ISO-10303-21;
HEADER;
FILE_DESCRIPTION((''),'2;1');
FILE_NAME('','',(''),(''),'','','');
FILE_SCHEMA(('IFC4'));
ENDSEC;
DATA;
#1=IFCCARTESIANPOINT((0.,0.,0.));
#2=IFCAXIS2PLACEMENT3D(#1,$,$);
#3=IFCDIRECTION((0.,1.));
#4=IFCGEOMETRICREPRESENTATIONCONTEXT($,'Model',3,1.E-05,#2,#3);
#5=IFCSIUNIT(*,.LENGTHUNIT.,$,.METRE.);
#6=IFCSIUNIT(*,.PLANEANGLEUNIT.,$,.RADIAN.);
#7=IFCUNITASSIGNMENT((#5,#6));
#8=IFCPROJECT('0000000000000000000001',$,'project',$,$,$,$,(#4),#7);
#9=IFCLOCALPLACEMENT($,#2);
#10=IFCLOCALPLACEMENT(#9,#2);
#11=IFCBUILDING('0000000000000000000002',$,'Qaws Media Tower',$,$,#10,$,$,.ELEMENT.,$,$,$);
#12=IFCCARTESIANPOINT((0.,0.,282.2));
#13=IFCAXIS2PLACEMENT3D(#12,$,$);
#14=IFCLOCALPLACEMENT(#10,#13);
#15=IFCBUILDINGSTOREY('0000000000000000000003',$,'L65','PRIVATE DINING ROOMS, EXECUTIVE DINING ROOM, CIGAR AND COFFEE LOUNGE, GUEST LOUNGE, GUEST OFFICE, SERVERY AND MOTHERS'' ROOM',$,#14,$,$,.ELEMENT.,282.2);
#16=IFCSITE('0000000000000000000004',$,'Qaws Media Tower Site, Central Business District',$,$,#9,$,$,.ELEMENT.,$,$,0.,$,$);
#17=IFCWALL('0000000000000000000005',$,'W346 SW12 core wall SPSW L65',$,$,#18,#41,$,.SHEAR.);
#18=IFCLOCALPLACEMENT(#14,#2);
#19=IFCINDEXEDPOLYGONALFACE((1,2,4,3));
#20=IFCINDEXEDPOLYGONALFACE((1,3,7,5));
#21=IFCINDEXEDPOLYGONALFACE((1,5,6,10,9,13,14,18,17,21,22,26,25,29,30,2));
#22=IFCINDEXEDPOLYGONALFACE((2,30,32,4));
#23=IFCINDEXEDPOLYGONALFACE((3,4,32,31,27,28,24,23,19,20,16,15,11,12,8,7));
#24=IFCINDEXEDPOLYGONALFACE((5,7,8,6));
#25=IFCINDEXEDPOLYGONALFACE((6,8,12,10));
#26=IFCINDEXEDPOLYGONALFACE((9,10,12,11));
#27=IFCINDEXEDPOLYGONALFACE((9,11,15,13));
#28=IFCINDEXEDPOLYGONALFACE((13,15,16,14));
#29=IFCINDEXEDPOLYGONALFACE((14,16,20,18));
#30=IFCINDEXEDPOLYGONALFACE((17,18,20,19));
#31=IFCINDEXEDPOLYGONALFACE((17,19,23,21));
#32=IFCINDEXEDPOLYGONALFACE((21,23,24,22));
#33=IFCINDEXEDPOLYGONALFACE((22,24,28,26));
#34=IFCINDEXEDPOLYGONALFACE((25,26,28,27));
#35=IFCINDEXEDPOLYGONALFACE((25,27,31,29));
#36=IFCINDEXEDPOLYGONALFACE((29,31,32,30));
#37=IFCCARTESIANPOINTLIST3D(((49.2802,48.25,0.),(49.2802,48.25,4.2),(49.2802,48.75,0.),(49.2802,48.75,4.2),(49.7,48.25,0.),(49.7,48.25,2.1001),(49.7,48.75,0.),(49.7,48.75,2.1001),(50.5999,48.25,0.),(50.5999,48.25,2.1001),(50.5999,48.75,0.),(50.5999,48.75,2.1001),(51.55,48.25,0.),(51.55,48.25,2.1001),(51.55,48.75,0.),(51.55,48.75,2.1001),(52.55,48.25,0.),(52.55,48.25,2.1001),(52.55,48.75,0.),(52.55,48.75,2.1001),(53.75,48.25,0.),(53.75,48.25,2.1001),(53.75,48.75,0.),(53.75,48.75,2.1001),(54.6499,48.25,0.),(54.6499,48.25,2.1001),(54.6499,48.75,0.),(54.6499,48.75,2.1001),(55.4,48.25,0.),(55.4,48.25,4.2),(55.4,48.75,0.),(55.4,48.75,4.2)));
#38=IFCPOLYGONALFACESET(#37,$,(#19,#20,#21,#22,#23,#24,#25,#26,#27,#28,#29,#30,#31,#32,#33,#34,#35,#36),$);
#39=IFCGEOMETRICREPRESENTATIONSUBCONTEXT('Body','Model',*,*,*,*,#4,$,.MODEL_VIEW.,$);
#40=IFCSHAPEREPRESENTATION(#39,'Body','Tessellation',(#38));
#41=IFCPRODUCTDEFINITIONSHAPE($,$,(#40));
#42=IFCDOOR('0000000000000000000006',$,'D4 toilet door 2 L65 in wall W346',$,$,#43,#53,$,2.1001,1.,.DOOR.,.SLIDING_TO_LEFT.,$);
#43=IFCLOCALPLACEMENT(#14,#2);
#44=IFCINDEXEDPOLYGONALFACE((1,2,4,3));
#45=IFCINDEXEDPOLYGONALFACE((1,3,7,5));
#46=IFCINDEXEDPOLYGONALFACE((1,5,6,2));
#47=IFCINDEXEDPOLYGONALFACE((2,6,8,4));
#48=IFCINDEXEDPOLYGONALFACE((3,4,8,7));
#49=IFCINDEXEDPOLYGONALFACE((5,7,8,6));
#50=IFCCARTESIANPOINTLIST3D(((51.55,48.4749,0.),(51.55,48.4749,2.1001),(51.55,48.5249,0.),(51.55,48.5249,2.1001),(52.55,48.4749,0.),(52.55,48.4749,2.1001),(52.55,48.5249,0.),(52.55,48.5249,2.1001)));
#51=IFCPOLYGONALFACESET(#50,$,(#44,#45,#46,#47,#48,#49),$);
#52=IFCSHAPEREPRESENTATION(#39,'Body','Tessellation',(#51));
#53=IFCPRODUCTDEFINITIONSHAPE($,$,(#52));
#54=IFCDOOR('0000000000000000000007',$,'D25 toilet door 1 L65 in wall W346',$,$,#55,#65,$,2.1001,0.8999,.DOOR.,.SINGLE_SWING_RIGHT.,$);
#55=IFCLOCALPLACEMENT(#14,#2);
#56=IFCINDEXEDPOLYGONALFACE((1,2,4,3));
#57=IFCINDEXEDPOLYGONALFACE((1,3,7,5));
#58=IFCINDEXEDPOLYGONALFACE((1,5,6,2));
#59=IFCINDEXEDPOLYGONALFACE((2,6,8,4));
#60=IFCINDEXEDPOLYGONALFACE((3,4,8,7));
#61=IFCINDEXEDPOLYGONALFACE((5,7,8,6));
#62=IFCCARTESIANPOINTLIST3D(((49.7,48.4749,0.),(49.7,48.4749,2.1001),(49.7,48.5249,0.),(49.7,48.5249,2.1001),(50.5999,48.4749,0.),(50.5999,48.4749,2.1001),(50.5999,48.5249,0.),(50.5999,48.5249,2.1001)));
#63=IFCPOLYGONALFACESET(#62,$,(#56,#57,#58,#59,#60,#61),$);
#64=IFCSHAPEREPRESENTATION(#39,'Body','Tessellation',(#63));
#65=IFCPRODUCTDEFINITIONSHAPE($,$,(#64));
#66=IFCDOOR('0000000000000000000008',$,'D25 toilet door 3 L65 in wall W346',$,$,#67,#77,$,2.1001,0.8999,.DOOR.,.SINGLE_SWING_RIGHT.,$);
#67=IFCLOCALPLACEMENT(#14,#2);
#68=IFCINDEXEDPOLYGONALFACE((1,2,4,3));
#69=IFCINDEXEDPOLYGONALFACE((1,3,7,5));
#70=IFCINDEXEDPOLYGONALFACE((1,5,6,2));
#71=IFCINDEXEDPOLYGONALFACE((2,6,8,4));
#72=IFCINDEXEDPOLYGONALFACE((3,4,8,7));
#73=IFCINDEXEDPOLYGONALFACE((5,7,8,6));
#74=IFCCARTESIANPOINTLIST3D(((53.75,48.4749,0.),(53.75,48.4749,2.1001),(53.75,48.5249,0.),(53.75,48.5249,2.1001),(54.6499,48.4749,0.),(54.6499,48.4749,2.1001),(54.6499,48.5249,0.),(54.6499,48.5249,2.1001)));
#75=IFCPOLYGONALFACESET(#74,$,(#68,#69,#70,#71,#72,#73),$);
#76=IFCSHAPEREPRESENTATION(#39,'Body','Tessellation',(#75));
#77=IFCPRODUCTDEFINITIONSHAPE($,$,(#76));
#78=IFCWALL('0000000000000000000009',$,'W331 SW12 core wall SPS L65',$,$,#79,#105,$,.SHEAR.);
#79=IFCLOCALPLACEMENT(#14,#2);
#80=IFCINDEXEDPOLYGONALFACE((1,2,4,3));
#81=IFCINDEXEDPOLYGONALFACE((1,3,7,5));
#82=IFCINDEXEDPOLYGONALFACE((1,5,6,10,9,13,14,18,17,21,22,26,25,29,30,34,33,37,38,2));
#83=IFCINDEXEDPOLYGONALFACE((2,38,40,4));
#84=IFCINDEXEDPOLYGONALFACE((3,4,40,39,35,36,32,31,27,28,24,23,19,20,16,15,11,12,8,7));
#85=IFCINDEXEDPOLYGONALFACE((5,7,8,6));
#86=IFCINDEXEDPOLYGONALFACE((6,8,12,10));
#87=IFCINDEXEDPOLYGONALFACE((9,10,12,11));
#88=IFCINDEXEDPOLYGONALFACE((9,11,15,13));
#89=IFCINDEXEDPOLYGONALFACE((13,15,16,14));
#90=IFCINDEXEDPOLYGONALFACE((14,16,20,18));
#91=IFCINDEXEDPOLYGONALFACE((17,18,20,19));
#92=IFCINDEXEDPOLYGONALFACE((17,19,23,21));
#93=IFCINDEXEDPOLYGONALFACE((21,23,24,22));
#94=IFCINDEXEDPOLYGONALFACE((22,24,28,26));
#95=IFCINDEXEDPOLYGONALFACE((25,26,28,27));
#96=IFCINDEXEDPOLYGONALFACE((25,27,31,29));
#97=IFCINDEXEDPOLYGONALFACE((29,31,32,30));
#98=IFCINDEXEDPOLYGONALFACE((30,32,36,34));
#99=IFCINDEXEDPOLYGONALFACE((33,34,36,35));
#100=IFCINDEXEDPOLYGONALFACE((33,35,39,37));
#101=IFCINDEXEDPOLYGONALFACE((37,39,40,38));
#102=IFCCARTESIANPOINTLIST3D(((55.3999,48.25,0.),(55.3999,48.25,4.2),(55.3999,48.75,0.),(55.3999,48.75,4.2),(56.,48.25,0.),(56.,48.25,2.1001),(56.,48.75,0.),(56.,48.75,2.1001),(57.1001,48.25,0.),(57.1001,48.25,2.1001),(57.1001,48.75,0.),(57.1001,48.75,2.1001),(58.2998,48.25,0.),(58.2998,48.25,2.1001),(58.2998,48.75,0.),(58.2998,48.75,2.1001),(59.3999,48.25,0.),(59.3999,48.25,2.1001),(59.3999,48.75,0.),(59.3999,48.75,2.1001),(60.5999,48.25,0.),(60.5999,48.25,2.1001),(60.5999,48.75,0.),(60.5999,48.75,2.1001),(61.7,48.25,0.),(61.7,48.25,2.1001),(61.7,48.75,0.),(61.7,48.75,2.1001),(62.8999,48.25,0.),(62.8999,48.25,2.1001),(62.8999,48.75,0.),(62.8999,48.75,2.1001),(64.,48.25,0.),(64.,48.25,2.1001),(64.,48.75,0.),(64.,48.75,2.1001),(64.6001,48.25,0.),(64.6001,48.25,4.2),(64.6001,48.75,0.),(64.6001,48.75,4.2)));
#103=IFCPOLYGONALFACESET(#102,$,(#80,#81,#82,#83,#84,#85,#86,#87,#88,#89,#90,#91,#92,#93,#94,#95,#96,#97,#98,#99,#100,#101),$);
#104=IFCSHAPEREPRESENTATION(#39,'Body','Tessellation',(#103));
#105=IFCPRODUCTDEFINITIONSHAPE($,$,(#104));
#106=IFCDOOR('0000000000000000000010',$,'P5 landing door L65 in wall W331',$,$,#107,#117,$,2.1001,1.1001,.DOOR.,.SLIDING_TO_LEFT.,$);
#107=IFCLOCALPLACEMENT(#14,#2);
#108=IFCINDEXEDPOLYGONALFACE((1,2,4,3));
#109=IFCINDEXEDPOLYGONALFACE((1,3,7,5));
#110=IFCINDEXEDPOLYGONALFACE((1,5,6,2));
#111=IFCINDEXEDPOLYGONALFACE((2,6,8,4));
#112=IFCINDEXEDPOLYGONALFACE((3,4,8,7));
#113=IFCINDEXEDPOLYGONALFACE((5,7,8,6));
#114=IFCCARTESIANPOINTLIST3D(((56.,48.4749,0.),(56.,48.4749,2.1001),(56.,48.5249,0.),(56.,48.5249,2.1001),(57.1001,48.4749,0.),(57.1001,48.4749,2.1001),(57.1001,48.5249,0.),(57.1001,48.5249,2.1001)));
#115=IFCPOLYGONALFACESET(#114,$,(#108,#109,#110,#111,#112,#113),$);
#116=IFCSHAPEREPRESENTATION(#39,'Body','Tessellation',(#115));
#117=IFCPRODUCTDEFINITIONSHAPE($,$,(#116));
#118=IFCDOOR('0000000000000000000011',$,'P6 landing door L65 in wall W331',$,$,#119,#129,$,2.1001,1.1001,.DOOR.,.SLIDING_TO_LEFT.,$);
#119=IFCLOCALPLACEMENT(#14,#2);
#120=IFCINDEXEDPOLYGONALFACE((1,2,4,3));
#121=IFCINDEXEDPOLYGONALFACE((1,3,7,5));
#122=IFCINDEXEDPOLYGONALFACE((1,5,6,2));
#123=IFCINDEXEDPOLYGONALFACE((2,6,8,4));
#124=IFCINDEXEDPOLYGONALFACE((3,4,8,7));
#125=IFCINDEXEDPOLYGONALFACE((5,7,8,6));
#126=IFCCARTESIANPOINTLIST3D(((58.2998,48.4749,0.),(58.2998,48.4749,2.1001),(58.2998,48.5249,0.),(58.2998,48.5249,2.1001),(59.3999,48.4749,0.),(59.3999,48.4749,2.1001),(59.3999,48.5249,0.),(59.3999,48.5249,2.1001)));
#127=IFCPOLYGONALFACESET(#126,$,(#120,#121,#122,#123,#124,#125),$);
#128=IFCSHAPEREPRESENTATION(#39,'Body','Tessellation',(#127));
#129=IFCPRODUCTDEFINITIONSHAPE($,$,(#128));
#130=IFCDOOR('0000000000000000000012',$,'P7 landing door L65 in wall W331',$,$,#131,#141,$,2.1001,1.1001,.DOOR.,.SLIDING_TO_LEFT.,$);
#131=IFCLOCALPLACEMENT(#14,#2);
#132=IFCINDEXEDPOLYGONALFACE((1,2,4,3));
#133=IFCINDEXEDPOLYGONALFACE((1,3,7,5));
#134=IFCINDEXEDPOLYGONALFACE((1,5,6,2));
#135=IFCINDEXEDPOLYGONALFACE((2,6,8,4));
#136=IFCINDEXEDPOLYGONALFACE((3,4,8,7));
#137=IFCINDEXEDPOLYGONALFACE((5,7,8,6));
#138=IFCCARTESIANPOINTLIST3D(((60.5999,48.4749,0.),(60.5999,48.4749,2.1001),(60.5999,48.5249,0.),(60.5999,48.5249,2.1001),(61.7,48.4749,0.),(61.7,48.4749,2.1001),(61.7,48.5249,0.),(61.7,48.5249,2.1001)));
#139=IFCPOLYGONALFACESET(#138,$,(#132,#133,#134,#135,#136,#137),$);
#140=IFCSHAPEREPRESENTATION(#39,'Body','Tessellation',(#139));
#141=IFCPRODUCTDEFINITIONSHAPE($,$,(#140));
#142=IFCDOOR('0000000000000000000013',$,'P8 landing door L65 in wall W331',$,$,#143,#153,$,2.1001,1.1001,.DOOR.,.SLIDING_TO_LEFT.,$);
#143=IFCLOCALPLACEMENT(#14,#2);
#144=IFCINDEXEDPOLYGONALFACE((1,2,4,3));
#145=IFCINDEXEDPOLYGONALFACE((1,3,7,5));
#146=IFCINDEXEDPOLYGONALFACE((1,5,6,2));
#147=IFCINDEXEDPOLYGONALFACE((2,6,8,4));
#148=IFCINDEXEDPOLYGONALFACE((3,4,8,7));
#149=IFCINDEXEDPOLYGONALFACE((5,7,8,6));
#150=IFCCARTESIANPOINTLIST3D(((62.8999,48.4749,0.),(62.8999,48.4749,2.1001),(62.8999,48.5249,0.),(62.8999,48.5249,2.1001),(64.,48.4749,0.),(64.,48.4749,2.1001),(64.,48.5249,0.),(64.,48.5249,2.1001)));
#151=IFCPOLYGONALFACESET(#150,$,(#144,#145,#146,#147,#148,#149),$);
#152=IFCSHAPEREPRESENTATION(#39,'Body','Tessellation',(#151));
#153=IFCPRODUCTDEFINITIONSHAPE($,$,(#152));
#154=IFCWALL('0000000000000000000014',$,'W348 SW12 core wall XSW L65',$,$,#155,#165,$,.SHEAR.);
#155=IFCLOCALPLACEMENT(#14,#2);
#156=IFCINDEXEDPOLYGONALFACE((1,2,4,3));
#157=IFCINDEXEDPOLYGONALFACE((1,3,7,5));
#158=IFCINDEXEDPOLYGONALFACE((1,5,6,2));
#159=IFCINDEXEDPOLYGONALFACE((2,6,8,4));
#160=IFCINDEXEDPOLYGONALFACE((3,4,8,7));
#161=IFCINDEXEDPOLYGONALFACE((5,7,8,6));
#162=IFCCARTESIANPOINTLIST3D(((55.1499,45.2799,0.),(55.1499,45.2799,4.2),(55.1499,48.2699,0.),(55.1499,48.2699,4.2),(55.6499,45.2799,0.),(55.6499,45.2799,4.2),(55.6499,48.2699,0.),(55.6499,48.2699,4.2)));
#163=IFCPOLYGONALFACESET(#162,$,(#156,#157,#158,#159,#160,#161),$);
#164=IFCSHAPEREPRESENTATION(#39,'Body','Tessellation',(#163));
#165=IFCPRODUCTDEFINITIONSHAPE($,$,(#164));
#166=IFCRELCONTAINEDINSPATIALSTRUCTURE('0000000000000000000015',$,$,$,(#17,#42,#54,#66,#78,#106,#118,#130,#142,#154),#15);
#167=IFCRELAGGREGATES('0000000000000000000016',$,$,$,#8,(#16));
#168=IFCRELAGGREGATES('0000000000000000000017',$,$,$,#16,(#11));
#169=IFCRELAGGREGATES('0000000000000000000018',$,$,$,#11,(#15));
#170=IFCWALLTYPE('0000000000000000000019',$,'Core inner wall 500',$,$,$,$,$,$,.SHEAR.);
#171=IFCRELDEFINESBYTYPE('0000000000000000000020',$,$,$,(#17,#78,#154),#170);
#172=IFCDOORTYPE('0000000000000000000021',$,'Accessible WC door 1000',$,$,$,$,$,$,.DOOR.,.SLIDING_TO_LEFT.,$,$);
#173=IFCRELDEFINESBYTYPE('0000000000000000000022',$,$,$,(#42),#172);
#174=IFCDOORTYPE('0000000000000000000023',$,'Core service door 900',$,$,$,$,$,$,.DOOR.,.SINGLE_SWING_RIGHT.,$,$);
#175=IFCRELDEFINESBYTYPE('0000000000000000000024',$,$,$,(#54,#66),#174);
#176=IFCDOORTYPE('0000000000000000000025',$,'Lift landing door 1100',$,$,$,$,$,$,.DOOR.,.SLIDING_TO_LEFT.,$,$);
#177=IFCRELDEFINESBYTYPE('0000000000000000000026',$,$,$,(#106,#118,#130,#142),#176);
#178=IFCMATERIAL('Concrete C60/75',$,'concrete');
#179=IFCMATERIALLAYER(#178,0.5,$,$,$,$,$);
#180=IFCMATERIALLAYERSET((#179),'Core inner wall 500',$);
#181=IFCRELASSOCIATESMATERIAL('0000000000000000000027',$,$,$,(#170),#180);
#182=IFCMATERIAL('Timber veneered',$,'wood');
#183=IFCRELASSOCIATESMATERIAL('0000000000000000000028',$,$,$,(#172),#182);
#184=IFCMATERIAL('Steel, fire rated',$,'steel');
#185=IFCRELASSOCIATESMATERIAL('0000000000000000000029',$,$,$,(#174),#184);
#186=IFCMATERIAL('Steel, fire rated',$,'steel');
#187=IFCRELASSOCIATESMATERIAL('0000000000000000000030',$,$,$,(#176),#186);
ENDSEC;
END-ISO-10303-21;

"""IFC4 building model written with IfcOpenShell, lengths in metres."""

from ifc_helpers import new_model, si_unit, direction, frame, frame_2d, origin, place, context, subcontext, project, spatial, rectangle, extrude, material, layer, layer_set, type_object, element, fill, save


model = new_model("IFC4")

# Units and contexts
model_context = context("Model", 3, precision=1e-05, world=origin(), true_north=direction((0.0, 1.0)))
body_context = subcontext(model_context, "Body", "Model", "MODEL_VIEW")
ifc_project = project(units=[si_unit("LENGTHUNIT", "METRE"), si_unit("PLANEANGLEUNIT", "RADIAN")], contexts=[model_context])

# Site, building, storey
site_placement = place(None, origin())
site = spatial("IfcSite", under=ifc_project, at=site_placement, Name="Qaws Media Tower Site, Central Business District", CompositionType="ELEMENT", RefElevation=0.0)
building_placement = place(site_placement, origin())
building = spatial("IfcBuilding", under=site, at=building_placement, Name="Qaws Media Tower", CompositionType="ELEMENT")
storey_placement = place(building_placement, frame((0.0, 0.0, 282.2)))
storey = spatial("IfcBuildingStorey", under=building, at=storey_placement, Name="L65", Description="PRIVATE DINING ROOMS, EXECUTIVE DINING ROOM, CIGAR AND COFFEE LOUNGE, GUEST LOUNGE, GUEST OFFICE, SERVERY AND MOTHERS' ROOM", CompositionType="ELEMENT", Elevation=282.2)

# Shared definitions
ifc_material_1 = material(Name="Concrete C60/75", Category="concrete")
ifc_layer_1 = layer(ifc_material_1, 0.5)
ifc_layer_set_1 = layer_set([ifc_layer_1], Name="Core inner wall 500")
wall_type_1 = type_object("IfcWallType", Name="Core inner wall 500", PredefinedType="SHEAR", material=ifc_layer_set_1)

# Walls, openings, doors
wall_1_placement = place(storey_placement, frame((49.28, 48.5, 0.0), z_axis=(0.0, 0.0, 1.0), x_axis=(1.0, 0.0, 0.0)))
wall_1 = element("IfcWall", 1, at=wall_1_placement, inside=storey, type_object=wall_type_1, Name="W346 SW12 core wall SPSW L65", PredefinedType="SHEAR", context=body_context, shape_type="SweptSolid", body=[
    extrude(rectangle(XDim=6.1199, YDim=0.5, at=frame_2d((3.0601, 0.0))), origin(), (0.0, 0.0, 1.0), 4.2),
])
opening_1_placement = place(wall_1_placement, frame((0.4199, 0.0, 0.0)))
opening_1 = element("IfcOpeningElement", 2, at=opening_1_placement, cuts=wall_1, PredefinedType="OPENING", context=body_context, shape_type="SweptSolid", body=[
    extrude(rectangle(XDim=0.8999, YDim=2.1001, at=frame_2d((0.45, 1.05))), frame((0.0, 0.26, 0.0), z_axis=(0.0, -1.0, 0.0), x_axis=(1.0, 0.0, 0.0)), (0.0, 0.0, 1.0), 0.52),
])
opening_2_placement = place(wall_1_placement, frame((2.27, 0.0, 0.0)))
opening_2 = element("IfcOpeningElement", 3, at=opening_2_placement, cuts=wall_1, PredefinedType="OPENING", context=body_context, shape_type="SweptSolid", body=[
    extrude(rectangle(XDim=1.0, YDim=2.1001, at=frame_2d((0.5, 1.05))), frame((0.0, 0.26, 0.0), z_axis=(0.0, -1.0, 0.0), x_axis=(1.0, 0.0, 0.0)), (0.0, 0.0, 1.0), 0.52),
])
opening_3_placement = place(wall_1_placement, frame((4.47, 0.0, 0.0)))
opening_3 = element("IfcOpeningElement", 4, at=opening_3_placement, cuts=wall_1, PredefinedType="OPENING", context=body_context, shape_type="SweptSolid", body=[
    extrude(rectangle(XDim=0.8999, YDim=2.1001, at=frame_2d((0.45, 1.05))), frame((0.0, 0.26, 0.0), z_axis=(0.0, -1.0, 0.0), x_axis=(1.0, 0.0, 0.0)), (0.0, 0.0, 1.0), 0.52),
])
ifc_material_2 = material(Name="Timber veneered", Category="wood")
door_type_1 = type_object("IfcDoorType", Name="Accessible WC door 1000", OperationType="SLIDING_TO_LEFT", PredefinedType="DOOR", material=ifc_material_2)
door_1_placement = place(opening_2_placement, origin())
door_1 = element("IfcDoor", 5, at=door_1_placement, inside=storey, type_object=door_type_1, Name="D4 toilet door 2 L65 in wall W346", OperationType="SLIDING_TO_LEFT", OverallHeight=2.1001, OverallWidth=1.0, PredefinedType="DOOR", context=body_context, shape_type="SweptSolid", body=[
    extrude(rectangle(XDim=1.0, YDim=2.1001, at=frame_2d((0.5, 1.05))), frame((0.0, 0.0249, 0.0), z_axis=(0.0, -1.0, 0.0), x_axis=(1.0, 0.0, 0.0)), (0.0, 0.0, 1.0), 0.05),
])
fill(opening_2, door_1)
ifc_material_3 = material(Name="Steel, fire rated", Category="steel")
door_type_2 = type_object("IfcDoorType", Name="Core service door 900", OperationType="SINGLE_SWING_RIGHT", PredefinedType="DOOR", material=ifc_material_3)
door_2_placement = place(opening_1_placement, origin())
door_2 = element("IfcDoor", 6, at=door_2_placement, inside=storey, type_object=door_type_2, Name="D25 toilet door 1 L65 in wall W346", OperationType="SINGLE_SWING_RIGHT", OverallHeight=2.1001, OverallWidth=0.8999, PredefinedType="DOOR", context=body_context, shape_type="SweptSolid", body=[
    extrude(rectangle(XDim=0.8999, YDim=2.1001, at=frame_2d((0.45, 1.05))), frame((0.0, 0.0249, 0.0), z_axis=(0.0, -1.0, 0.0), x_axis=(1.0, 0.0, 0.0)), (0.0, 0.0, 1.0), 0.05),
])
fill(opening_1, door_2)
door_3_placement = place(opening_3_placement, origin())
door_3 = element("IfcDoor", 7, at=door_3_placement, inside=storey, type_object=door_type_2, Name="D25 toilet door 3 L65 in wall W346", OperationType="SINGLE_SWING_RIGHT", OverallHeight=2.1001, OverallWidth=0.8999, PredefinedType="DOOR", context=body_context, shape_type="SweptSolid", body=[
    extrude(rectangle(XDim=0.8999, YDim=2.1001, at=frame_2d((0.45, 1.05))), frame((0.0, 0.0249, 0.0), z_axis=(0.0, -1.0, 0.0), x_axis=(1.0, 0.0, 0.0)), (0.0, 0.0, 1.0), 0.05),
])
fill(opening_3, door_3)
wall_2_placement = place(storey_placement, frame((55.3999, 48.5, 0.0), z_axis=(0.0, 0.0, 1.0), x_axis=(1.0, 0.0, 0.0)))
wall_2 = element("IfcWall", 8, at=wall_2_placement, inside=storey, type_object=wall_type_1, Name="W331 SW12 core wall SPS L65", PredefinedType="SHEAR", context=body_context, shape_type="SweptSolid", body=[
    extrude(rectangle(XDim=9.2002, YDim=0.5, at=frame_2d((4.6001, 0.0))), origin(), (0.0, 0.0, 1.0), 4.2),
])
opening_4_placement = place(wall_2_placement, frame((0.6001, 0.0, 0.0)))
opening_4 = element("IfcOpeningElement", 9, at=opening_4_placement, cuts=wall_2, PredefinedType="OPENING", context=body_context, shape_type="SweptSolid", body=[
    extrude(rectangle(XDim=1.1001, YDim=2.1001, at=frame_2d((0.55, 1.05))), frame((0.0, 0.26, 0.0), z_axis=(0.0, -1.0, 0.0), x_axis=(1.0, 0.0, 0.0)), (0.0, 0.0, 1.0), 0.52),
])
opening_5_placement = place(wall_2_placement, frame((2.8999, 0.0, 0.0)))
opening_5 = element("IfcOpeningElement", 10, at=opening_5_placement, cuts=wall_2, PredefinedType="OPENING", context=body_context, shape_type="SweptSolid", body=[
    extrude(rectangle(XDim=1.1001, YDim=2.1001, at=frame_2d((0.55, 1.05))), frame((0.0, 0.26, 0.0), z_axis=(0.0, -1.0, 0.0), x_axis=(1.0, 0.0, 0.0)), (0.0, 0.0, 1.0), 0.52),
])
opening_6_placement = place(wall_2_placement, frame((5.2, 0.0, 0.0)))
opening_6 = element("IfcOpeningElement", 11, at=opening_6_placement, cuts=wall_2, PredefinedType="OPENING", context=body_context, shape_type="SweptSolid", body=[
    extrude(rectangle(XDim=1.1001, YDim=2.1001, at=frame_2d((0.55, 1.05))), frame((0.0, 0.26, 0.0), z_axis=(0.0, -1.0, 0.0), x_axis=(1.0, 0.0, 0.0)), (0.0, 0.0, 1.0), 0.52),
])
opening_7_placement = place(wall_2_placement, frame((7.5, 0.0, 0.0)))
opening_7 = element("IfcOpeningElement", 12, at=opening_7_placement, cuts=wall_2, PredefinedType="OPENING", context=body_context, shape_type="SweptSolid", body=[
    extrude(rectangle(XDim=1.1001, YDim=2.1001, at=frame_2d((0.55, 1.05))), frame((0.0, 0.26, 0.0), z_axis=(0.0, -1.0, 0.0), x_axis=(1.0, 0.0, 0.0)), (0.0, 0.0, 1.0), 0.52),
])
ifc_material_4 = material(Name="Steel, fire rated", Category="steel")
door_type_3 = type_object("IfcDoorType", Name="Lift landing door 1100", OperationType="SLIDING_TO_LEFT", PredefinedType="DOOR", material=ifc_material_4)
door_4_placement = place(opening_4_placement, origin())
door_4 = element("IfcDoor", 13, at=door_4_placement, inside=storey, type_object=door_type_3, Name="P5 landing door L65 in wall W331", OperationType="SLIDING_TO_LEFT", OverallHeight=2.1001, OverallWidth=1.1001, PredefinedType="DOOR", context=body_context, shape_type="SweptSolid", body=[
    extrude(rectangle(XDim=1.1001, YDim=2.1001, at=frame_2d((0.55, 1.05))), frame((0.0, 0.0249, 0.0), z_axis=(0.0, -1.0, 0.0), x_axis=(1.0, 0.0, 0.0)), (0.0, 0.0, 1.0), 0.05),
])
fill(opening_4, door_4)
door_5_placement = place(opening_5_placement, origin())
door_5 = element("IfcDoor", 14, at=door_5_placement, inside=storey, type_object=door_type_3, Name="P6 landing door L65 in wall W331", OperationType="SLIDING_TO_LEFT", OverallHeight=2.1001, OverallWidth=1.1001, PredefinedType="DOOR", context=body_context, shape_type="SweptSolid", body=[
    extrude(rectangle(XDim=1.1001, YDim=2.1001, at=frame_2d((0.55, 1.05))), frame((0.0, 0.0249, 0.0), z_axis=(0.0, -1.0, 0.0), x_axis=(1.0, 0.0, 0.0)), (0.0, 0.0, 1.0), 0.05),
])
fill(opening_5, door_5)
door_6_placement = place(opening_6_placement, origin())
door_6 = element("IfcDoor", 15, at=door_6_placement, inside=storey, type_object=door_type_3, Name="P7 landing door L65 in wall W331", OperationType="SLIDING_TO_LEFT", OverallHeight=2.1001, OverallWidth=1.1001, PredefinedType="DOOR", context=body_context, shape_type="SweptSolid", body=[
    extrude(rectangle(XDim=1.1001, YDim=2.1001, at=frame_2d((0.55, 1.05))), frame((0.0, 0.0249, 0.0), z_axis=(0.0, -1.0, 0.0), x_axis=(1.0, 0.0, 0.0)), (0.0, 0.0, 1.0), 0.05),
])
fill(opening_6, door_6)
door_7_placement = place(opening_7_placement, origin())
door_7 = element("IfcDoor", 16, at=door_7_placement, inside=storey, type_object=door_type_3, Name="P8 landing door L65 in wall W331", OperationType="SLIDING_TO_LEFT", OverallHeight=2.1001, OverallWidth=1.1001, PredefinedType="DOOR", context=body_context, shape_type="SweptSolid", body=[
    extrude(rectangle(XDim=1.1001, YDim=2.1001, at=frame_2d((0.55, 1.05))), frame((0.0, 0.0249, 0.0), z_axis=(0.0, -1.0, 0.0), x_axis=(1.0, 0.0, 0.0)), (0.0, 0.0, 1.0), 0.05),
])
fill(opening_7, door_7)

# Wall
wall_3_placement = place(storey_placement, frame((55.3999, 48.27, 0.0), z_axis=(0.0, 0.0, 1.0), x_axis=(0.0, -1.0, 0.0)))
element("IfcWall", 17, at=wall_3_placement, inside=storey, type_object=wall_type_1, Name="W348 SW12 core wall XSW L65", PredefinedType="SHEAR", context=body_context, shape_type="SweptSolid", body=[
    extrude(rectangle(XDim=2.99, YDim=0.5, at=frame_2d((1.4951, 0.0))), origin(), (0.0, 0.0, 1.0), 4.2),
])

save(model, "model.ifc")
